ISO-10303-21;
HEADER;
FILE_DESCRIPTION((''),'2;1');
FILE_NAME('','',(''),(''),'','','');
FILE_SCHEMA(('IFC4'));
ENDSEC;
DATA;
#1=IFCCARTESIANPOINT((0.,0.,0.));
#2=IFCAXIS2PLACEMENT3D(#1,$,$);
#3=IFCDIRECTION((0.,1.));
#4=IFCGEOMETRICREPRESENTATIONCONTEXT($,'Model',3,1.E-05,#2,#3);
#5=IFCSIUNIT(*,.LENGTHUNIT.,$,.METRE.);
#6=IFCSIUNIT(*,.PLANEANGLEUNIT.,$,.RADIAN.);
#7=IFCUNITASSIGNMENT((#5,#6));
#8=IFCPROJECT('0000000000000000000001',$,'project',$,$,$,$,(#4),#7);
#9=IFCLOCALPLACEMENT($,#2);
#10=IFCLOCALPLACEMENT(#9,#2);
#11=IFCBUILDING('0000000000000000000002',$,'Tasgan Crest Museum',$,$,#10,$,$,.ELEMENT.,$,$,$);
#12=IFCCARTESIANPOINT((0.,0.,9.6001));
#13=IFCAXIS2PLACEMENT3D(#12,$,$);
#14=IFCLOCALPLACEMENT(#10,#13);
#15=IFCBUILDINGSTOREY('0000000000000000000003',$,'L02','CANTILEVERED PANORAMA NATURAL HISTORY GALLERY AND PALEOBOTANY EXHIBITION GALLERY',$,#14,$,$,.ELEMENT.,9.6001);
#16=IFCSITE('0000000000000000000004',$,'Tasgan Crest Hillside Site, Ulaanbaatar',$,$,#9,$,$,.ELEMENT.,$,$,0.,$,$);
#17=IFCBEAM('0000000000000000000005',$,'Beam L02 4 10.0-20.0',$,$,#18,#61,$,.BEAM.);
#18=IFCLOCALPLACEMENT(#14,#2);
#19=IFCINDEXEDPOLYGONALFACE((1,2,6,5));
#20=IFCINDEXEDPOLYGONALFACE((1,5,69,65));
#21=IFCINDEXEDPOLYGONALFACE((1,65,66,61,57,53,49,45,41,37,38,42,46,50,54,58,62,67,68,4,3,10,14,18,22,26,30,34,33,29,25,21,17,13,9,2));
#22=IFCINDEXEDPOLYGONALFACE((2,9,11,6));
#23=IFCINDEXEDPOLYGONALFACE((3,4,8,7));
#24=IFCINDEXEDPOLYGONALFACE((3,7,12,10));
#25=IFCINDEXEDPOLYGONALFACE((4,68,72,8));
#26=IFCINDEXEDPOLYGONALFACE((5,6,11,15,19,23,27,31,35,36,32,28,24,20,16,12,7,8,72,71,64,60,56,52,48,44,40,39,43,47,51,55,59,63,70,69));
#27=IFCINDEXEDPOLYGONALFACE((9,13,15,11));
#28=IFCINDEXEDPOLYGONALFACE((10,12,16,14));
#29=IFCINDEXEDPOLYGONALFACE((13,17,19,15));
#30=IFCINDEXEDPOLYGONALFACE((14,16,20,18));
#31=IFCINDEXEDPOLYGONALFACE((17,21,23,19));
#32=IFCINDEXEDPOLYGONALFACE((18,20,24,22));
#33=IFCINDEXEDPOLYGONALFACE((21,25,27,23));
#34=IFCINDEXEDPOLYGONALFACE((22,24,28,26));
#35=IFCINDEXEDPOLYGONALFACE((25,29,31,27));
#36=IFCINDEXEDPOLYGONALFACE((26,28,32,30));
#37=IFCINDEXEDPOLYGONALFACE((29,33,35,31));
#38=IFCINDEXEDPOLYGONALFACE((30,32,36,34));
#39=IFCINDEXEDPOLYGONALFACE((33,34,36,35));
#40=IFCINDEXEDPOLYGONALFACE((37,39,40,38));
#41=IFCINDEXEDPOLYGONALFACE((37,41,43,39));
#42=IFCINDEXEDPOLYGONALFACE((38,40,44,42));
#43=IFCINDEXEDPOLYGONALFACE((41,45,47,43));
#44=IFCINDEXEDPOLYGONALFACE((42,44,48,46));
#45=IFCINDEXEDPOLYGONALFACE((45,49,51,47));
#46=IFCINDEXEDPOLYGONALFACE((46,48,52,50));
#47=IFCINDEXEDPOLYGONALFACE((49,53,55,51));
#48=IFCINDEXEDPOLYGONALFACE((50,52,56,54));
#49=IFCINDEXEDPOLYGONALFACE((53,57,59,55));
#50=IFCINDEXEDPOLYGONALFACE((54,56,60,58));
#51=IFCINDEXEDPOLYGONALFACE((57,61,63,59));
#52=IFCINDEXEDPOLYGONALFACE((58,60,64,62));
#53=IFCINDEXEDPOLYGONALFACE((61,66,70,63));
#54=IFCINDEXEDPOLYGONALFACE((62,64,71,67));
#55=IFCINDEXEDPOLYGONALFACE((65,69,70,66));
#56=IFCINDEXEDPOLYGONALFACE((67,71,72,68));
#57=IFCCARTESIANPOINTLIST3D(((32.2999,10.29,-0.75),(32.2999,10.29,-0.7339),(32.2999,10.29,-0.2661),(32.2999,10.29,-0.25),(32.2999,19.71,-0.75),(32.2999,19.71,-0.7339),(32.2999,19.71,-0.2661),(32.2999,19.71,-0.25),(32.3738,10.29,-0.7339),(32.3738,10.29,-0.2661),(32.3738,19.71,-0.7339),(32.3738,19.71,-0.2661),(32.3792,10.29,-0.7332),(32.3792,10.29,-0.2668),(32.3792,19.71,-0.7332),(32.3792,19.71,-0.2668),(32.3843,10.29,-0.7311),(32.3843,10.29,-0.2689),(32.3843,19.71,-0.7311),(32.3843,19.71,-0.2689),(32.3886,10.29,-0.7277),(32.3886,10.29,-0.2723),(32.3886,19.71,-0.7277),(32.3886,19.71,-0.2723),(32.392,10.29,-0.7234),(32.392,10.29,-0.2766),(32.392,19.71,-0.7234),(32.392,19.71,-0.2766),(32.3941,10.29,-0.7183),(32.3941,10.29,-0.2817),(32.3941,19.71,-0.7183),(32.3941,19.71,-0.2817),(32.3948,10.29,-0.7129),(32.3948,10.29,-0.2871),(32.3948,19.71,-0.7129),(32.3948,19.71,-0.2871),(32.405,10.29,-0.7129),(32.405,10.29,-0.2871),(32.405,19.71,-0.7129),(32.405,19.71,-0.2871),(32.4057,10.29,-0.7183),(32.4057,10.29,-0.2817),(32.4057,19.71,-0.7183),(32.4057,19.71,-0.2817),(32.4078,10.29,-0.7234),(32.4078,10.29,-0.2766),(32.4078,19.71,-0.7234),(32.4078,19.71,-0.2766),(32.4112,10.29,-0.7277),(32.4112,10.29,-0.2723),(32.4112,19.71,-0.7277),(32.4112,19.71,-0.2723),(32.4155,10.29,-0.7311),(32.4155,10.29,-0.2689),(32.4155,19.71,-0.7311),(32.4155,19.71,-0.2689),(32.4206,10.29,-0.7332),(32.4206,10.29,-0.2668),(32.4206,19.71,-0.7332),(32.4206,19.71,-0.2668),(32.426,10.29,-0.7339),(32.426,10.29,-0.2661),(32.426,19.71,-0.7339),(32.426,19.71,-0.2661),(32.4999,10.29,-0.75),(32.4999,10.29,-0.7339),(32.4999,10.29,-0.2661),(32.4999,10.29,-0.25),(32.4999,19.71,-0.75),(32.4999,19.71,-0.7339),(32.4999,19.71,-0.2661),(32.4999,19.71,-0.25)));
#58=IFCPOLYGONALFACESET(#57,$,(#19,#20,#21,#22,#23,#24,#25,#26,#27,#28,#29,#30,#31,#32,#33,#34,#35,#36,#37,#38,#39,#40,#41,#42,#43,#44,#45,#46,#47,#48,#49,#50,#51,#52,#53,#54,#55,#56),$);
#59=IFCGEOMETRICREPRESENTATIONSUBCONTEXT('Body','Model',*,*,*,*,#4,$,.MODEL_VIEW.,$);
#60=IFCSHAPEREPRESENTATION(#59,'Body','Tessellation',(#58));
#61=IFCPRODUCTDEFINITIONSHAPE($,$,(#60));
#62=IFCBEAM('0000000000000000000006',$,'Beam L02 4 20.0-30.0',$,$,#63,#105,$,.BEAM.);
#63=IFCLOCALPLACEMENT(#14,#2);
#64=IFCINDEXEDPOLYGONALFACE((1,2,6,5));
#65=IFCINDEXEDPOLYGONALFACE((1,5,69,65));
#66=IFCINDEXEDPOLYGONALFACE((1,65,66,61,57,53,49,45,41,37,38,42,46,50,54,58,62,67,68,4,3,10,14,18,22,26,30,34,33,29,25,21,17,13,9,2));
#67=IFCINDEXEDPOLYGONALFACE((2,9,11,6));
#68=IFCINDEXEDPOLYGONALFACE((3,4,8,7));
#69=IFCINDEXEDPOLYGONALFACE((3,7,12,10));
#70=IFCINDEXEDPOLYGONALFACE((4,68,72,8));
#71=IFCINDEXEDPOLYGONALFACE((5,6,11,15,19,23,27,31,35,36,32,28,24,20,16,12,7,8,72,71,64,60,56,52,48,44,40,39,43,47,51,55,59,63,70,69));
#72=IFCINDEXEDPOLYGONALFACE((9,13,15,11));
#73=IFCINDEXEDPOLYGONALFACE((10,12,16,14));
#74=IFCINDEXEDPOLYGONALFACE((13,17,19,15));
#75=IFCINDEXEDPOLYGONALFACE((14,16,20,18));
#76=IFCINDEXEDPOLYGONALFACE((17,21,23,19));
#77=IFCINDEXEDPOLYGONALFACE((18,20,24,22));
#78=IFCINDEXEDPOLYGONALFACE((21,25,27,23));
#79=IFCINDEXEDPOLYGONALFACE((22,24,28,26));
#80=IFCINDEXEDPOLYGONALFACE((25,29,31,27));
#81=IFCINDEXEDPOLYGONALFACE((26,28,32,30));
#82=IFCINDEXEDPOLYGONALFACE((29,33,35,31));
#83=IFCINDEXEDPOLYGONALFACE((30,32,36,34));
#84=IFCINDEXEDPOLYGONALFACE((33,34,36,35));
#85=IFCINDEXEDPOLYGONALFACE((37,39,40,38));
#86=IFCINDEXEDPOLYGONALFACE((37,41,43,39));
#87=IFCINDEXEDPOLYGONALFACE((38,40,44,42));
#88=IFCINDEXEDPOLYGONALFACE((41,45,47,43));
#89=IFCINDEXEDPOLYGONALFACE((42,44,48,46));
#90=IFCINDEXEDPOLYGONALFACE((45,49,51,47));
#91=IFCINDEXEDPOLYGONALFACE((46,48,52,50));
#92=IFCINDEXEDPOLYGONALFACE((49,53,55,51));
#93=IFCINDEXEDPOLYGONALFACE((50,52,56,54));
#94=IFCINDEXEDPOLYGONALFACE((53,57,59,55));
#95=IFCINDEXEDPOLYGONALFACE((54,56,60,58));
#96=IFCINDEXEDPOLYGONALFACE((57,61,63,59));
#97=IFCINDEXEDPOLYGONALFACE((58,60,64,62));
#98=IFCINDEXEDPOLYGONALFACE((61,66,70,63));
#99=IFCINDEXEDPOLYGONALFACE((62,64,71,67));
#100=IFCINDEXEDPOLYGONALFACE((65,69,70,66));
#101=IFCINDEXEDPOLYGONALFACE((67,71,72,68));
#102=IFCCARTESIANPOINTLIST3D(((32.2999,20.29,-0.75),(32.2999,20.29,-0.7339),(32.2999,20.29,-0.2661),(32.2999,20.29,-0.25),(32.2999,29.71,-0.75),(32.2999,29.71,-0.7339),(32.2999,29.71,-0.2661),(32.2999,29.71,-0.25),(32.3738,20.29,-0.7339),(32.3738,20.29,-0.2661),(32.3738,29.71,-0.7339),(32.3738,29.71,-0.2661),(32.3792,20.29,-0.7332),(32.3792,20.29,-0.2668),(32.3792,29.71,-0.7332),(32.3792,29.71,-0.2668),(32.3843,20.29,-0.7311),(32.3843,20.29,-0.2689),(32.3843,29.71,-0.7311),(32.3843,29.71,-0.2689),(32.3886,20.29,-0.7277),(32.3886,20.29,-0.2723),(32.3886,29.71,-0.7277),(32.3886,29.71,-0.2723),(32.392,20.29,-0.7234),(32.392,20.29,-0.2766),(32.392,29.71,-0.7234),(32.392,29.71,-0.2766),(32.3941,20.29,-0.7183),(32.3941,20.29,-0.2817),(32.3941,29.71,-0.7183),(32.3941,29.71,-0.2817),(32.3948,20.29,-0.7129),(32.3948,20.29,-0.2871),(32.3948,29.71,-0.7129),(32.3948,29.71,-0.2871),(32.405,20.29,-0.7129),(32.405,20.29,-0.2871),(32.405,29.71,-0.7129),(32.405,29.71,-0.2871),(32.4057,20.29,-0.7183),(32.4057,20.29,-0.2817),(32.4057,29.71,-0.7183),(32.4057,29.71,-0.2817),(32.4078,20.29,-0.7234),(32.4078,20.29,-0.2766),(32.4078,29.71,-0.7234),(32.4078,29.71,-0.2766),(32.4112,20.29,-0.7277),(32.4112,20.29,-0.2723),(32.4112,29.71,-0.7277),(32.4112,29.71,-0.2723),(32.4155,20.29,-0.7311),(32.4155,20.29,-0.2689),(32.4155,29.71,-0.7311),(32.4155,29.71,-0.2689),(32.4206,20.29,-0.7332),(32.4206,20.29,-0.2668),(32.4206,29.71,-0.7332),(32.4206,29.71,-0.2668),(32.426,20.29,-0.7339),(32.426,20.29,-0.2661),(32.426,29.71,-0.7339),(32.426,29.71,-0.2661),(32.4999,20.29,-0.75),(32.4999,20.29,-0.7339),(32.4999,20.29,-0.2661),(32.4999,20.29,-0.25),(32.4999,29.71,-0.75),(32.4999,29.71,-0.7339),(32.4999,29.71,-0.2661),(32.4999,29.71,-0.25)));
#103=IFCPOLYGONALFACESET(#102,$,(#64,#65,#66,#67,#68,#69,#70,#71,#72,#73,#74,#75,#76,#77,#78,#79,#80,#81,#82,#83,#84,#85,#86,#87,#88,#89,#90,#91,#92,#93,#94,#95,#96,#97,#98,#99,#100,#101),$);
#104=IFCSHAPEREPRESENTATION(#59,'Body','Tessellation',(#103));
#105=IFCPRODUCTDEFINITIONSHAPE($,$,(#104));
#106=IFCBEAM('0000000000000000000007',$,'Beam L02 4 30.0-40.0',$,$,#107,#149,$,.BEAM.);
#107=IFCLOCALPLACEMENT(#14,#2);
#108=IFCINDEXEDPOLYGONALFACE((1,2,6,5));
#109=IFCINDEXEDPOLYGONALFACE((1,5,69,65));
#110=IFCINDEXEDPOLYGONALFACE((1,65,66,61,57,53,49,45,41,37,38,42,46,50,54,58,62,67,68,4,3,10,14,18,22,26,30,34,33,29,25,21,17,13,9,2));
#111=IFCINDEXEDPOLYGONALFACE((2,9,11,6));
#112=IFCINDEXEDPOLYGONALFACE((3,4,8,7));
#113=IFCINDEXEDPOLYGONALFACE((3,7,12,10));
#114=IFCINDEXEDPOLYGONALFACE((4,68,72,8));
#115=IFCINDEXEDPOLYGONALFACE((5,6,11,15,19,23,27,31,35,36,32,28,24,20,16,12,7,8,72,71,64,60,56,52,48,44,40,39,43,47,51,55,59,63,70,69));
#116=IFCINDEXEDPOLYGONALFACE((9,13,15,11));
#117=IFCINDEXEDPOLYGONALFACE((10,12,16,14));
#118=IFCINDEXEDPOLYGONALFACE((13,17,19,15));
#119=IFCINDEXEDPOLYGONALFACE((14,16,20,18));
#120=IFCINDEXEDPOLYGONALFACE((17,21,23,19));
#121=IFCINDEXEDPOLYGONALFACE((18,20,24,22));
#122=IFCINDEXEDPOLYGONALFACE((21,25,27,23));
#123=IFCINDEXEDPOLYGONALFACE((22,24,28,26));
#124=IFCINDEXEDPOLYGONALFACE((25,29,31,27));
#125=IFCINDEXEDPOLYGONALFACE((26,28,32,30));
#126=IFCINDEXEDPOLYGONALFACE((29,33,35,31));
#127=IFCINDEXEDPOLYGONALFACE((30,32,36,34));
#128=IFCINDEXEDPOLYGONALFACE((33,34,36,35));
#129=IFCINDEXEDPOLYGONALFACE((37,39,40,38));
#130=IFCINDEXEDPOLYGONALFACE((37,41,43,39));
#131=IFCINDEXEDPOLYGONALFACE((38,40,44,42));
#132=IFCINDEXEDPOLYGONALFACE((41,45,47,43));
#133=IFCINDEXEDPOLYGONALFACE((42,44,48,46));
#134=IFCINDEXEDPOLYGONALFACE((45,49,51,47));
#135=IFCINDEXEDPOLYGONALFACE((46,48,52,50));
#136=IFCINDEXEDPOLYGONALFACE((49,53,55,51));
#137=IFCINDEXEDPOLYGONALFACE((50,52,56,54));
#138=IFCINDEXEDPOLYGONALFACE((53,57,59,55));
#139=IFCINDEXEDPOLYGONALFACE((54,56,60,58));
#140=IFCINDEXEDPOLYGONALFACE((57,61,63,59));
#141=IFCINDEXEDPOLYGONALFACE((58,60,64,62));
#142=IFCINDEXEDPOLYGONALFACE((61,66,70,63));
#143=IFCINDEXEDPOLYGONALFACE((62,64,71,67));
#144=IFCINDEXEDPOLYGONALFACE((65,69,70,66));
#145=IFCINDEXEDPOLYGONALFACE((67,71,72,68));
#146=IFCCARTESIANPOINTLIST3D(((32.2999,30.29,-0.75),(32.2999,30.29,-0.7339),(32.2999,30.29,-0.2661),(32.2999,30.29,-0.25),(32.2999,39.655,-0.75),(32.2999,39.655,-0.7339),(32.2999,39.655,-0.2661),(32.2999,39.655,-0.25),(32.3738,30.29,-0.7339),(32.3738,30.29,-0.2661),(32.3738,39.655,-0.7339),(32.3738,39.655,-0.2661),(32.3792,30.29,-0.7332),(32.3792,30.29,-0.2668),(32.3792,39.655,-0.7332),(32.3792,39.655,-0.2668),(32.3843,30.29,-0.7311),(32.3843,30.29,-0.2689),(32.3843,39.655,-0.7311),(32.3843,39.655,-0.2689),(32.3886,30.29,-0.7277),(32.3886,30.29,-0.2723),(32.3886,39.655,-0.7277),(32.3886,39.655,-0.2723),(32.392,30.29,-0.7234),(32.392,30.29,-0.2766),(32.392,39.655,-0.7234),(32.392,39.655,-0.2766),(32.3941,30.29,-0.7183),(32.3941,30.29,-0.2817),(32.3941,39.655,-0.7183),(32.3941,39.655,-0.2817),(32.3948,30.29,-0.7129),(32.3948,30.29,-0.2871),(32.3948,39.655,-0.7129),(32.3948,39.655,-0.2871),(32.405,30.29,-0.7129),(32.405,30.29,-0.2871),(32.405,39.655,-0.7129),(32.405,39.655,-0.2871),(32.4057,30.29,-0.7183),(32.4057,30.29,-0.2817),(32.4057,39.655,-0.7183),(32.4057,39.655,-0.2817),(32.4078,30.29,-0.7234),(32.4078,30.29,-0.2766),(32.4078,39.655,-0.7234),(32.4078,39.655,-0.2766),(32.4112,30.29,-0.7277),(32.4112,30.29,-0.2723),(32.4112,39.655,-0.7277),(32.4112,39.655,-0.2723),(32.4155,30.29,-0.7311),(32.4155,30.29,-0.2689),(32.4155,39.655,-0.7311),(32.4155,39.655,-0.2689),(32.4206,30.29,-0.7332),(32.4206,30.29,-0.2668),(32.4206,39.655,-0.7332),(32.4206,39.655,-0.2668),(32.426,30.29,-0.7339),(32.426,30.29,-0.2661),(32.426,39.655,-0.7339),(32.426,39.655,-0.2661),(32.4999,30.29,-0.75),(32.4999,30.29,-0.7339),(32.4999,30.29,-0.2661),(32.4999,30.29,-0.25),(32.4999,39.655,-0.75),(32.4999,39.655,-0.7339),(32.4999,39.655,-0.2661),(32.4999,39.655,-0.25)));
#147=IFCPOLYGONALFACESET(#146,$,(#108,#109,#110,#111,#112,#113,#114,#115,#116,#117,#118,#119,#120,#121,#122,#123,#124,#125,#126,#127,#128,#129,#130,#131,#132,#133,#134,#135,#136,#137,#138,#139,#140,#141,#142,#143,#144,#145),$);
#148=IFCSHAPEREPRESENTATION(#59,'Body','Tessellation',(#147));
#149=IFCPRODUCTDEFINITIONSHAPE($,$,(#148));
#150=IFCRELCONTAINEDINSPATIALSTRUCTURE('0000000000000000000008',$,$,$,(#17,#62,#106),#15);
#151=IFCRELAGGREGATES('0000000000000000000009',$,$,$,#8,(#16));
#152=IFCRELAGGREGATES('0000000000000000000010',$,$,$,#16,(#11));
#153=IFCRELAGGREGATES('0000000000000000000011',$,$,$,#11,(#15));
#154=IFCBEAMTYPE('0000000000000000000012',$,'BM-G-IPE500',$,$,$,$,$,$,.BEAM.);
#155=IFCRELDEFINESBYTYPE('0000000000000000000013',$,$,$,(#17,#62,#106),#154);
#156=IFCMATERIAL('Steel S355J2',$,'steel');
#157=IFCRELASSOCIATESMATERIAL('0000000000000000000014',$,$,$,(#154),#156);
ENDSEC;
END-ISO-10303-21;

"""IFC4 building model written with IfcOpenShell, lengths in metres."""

from ifc_helpers import new_model, si_unit, direction, frame, origin, origin_2d, place, context, subcontext, project, spatial, i_section, extrude, material, material_profile, profile_set, type_object, element, save


model = new_model("IFC4")

# Units and contexts
model_context = context("Model", 3, precision=1e-05, world=origin(), true_north=direction((0.0, 1.0)))
body_context = subcontext(model_context, "Body", "Model", "MODEL_VIEW")
ifc_project = project(units=[si_unit("LENGTHUNIT", "METRE"), si_unit("PLANEANGLEUNIT", "RADIAN")], contexts=[model_context])

# Site, building, storey
site_placement = place(None, origin())
site = spatial("IfcSite", under=ifc_project, at=site_placement, Name="Tasgan Crest Hillside Site, Ulaanbaatar", CompositionType="ELEMENT", RefElevation=0.0)
building_placement = place(site_placement, origin())
building = spatial("IfcBuilding", under=site, at=building_placement, Name="Tasgan Crest Museum", CompositionType="ELEMENT")
storey_placement = place(building_placement, frame((0.0, 0.0, 9.6001)))
storey = spatial("IfcBuildingStorey", under=building, at=storey_placement, Name="L02", Description="CANTILEVERED PANORAMA NATURAL HISTORY GALLERY AND PALEOBOTANY EXHIBITION GALLERY", CompositionType="ELEMENT", Elevation=9.6001)

# Beams
ifc_material_1 = material(Name="Steel S355J2", Category="steel")
ifc_material_profile_1 = material_profile(ifc_material_1, i_section(OverallWidth=0.2, OverallDepth=0.5, WebThickness=0.0103, FlangeThickness=0.0161, FilletRadius=0.021, at=origin_2d()), Name="IPE 500")
ifc_profile_set_1 = profile_set([ifc_material_profile_1], Name="Steel S355J2")
beam_type_1 = type_object("IfcBeamType", Name="BM-G-IPE500", PredefinedType="BEAM", material=ifc_profile_set_1)
for number, where, z_axis, x_axis, name in (
    (1, (32.3999, 10.29, -0.5), (0.0, 1.0, 0.0), (-1.0, 0.0, 0.0), "Beam L02 4 10.0-20.0"),
    (2, (32.3999, 20.29, -0.5), (0.0, 1.0, 0.0), (-1.0, 0.0, 0.0), "Beam L02 4 20.0-30.0"),
):
    element("IfcBeam", number, at=place(storey_placement, frame(where, z_axis=z_axis, x_axis=x_axis)), inside=storey, type_object=beam_type_1, Name=name, PredefinedType="BEAM", context=body_context, shape_type="SweptSolid", body=[
        extrude(i_section(OverallWidth=0.2, OverallDepth=0.5, WebThickness=0.0103, FlangeThickness=0.0161, FilletRadius=0.021, at=origin_2d()), origin(), (0.0, 0.0, 1.0), 9.4199),
    ])
beam_1_placement = place(storey_placement, frame((32.3999, 30.29, -0.5), z_axis=(0.0, 1.0, 0.0), x_axis=(-1.0, 0.0, 0.0)))
element("IfcBeam", 3, at=beam_1_placement, inside=storey, type_object=beam_type_1, Name="Beam L02 4 30.0-40.0", PredefinedType="BEAM", context=body_context, shape_type="SweptSolid", body=[
    extrude(i_section(OverallWidth=0.2, OverallDepth=0.5, WebThickness=0.0103, FlangeThickness=0.0161, FilletRadius=0.021, at=origin_2d()), origin(), (0.0, 0.0, 1.0), 9.365),
])

save(model, "model.ifc")
